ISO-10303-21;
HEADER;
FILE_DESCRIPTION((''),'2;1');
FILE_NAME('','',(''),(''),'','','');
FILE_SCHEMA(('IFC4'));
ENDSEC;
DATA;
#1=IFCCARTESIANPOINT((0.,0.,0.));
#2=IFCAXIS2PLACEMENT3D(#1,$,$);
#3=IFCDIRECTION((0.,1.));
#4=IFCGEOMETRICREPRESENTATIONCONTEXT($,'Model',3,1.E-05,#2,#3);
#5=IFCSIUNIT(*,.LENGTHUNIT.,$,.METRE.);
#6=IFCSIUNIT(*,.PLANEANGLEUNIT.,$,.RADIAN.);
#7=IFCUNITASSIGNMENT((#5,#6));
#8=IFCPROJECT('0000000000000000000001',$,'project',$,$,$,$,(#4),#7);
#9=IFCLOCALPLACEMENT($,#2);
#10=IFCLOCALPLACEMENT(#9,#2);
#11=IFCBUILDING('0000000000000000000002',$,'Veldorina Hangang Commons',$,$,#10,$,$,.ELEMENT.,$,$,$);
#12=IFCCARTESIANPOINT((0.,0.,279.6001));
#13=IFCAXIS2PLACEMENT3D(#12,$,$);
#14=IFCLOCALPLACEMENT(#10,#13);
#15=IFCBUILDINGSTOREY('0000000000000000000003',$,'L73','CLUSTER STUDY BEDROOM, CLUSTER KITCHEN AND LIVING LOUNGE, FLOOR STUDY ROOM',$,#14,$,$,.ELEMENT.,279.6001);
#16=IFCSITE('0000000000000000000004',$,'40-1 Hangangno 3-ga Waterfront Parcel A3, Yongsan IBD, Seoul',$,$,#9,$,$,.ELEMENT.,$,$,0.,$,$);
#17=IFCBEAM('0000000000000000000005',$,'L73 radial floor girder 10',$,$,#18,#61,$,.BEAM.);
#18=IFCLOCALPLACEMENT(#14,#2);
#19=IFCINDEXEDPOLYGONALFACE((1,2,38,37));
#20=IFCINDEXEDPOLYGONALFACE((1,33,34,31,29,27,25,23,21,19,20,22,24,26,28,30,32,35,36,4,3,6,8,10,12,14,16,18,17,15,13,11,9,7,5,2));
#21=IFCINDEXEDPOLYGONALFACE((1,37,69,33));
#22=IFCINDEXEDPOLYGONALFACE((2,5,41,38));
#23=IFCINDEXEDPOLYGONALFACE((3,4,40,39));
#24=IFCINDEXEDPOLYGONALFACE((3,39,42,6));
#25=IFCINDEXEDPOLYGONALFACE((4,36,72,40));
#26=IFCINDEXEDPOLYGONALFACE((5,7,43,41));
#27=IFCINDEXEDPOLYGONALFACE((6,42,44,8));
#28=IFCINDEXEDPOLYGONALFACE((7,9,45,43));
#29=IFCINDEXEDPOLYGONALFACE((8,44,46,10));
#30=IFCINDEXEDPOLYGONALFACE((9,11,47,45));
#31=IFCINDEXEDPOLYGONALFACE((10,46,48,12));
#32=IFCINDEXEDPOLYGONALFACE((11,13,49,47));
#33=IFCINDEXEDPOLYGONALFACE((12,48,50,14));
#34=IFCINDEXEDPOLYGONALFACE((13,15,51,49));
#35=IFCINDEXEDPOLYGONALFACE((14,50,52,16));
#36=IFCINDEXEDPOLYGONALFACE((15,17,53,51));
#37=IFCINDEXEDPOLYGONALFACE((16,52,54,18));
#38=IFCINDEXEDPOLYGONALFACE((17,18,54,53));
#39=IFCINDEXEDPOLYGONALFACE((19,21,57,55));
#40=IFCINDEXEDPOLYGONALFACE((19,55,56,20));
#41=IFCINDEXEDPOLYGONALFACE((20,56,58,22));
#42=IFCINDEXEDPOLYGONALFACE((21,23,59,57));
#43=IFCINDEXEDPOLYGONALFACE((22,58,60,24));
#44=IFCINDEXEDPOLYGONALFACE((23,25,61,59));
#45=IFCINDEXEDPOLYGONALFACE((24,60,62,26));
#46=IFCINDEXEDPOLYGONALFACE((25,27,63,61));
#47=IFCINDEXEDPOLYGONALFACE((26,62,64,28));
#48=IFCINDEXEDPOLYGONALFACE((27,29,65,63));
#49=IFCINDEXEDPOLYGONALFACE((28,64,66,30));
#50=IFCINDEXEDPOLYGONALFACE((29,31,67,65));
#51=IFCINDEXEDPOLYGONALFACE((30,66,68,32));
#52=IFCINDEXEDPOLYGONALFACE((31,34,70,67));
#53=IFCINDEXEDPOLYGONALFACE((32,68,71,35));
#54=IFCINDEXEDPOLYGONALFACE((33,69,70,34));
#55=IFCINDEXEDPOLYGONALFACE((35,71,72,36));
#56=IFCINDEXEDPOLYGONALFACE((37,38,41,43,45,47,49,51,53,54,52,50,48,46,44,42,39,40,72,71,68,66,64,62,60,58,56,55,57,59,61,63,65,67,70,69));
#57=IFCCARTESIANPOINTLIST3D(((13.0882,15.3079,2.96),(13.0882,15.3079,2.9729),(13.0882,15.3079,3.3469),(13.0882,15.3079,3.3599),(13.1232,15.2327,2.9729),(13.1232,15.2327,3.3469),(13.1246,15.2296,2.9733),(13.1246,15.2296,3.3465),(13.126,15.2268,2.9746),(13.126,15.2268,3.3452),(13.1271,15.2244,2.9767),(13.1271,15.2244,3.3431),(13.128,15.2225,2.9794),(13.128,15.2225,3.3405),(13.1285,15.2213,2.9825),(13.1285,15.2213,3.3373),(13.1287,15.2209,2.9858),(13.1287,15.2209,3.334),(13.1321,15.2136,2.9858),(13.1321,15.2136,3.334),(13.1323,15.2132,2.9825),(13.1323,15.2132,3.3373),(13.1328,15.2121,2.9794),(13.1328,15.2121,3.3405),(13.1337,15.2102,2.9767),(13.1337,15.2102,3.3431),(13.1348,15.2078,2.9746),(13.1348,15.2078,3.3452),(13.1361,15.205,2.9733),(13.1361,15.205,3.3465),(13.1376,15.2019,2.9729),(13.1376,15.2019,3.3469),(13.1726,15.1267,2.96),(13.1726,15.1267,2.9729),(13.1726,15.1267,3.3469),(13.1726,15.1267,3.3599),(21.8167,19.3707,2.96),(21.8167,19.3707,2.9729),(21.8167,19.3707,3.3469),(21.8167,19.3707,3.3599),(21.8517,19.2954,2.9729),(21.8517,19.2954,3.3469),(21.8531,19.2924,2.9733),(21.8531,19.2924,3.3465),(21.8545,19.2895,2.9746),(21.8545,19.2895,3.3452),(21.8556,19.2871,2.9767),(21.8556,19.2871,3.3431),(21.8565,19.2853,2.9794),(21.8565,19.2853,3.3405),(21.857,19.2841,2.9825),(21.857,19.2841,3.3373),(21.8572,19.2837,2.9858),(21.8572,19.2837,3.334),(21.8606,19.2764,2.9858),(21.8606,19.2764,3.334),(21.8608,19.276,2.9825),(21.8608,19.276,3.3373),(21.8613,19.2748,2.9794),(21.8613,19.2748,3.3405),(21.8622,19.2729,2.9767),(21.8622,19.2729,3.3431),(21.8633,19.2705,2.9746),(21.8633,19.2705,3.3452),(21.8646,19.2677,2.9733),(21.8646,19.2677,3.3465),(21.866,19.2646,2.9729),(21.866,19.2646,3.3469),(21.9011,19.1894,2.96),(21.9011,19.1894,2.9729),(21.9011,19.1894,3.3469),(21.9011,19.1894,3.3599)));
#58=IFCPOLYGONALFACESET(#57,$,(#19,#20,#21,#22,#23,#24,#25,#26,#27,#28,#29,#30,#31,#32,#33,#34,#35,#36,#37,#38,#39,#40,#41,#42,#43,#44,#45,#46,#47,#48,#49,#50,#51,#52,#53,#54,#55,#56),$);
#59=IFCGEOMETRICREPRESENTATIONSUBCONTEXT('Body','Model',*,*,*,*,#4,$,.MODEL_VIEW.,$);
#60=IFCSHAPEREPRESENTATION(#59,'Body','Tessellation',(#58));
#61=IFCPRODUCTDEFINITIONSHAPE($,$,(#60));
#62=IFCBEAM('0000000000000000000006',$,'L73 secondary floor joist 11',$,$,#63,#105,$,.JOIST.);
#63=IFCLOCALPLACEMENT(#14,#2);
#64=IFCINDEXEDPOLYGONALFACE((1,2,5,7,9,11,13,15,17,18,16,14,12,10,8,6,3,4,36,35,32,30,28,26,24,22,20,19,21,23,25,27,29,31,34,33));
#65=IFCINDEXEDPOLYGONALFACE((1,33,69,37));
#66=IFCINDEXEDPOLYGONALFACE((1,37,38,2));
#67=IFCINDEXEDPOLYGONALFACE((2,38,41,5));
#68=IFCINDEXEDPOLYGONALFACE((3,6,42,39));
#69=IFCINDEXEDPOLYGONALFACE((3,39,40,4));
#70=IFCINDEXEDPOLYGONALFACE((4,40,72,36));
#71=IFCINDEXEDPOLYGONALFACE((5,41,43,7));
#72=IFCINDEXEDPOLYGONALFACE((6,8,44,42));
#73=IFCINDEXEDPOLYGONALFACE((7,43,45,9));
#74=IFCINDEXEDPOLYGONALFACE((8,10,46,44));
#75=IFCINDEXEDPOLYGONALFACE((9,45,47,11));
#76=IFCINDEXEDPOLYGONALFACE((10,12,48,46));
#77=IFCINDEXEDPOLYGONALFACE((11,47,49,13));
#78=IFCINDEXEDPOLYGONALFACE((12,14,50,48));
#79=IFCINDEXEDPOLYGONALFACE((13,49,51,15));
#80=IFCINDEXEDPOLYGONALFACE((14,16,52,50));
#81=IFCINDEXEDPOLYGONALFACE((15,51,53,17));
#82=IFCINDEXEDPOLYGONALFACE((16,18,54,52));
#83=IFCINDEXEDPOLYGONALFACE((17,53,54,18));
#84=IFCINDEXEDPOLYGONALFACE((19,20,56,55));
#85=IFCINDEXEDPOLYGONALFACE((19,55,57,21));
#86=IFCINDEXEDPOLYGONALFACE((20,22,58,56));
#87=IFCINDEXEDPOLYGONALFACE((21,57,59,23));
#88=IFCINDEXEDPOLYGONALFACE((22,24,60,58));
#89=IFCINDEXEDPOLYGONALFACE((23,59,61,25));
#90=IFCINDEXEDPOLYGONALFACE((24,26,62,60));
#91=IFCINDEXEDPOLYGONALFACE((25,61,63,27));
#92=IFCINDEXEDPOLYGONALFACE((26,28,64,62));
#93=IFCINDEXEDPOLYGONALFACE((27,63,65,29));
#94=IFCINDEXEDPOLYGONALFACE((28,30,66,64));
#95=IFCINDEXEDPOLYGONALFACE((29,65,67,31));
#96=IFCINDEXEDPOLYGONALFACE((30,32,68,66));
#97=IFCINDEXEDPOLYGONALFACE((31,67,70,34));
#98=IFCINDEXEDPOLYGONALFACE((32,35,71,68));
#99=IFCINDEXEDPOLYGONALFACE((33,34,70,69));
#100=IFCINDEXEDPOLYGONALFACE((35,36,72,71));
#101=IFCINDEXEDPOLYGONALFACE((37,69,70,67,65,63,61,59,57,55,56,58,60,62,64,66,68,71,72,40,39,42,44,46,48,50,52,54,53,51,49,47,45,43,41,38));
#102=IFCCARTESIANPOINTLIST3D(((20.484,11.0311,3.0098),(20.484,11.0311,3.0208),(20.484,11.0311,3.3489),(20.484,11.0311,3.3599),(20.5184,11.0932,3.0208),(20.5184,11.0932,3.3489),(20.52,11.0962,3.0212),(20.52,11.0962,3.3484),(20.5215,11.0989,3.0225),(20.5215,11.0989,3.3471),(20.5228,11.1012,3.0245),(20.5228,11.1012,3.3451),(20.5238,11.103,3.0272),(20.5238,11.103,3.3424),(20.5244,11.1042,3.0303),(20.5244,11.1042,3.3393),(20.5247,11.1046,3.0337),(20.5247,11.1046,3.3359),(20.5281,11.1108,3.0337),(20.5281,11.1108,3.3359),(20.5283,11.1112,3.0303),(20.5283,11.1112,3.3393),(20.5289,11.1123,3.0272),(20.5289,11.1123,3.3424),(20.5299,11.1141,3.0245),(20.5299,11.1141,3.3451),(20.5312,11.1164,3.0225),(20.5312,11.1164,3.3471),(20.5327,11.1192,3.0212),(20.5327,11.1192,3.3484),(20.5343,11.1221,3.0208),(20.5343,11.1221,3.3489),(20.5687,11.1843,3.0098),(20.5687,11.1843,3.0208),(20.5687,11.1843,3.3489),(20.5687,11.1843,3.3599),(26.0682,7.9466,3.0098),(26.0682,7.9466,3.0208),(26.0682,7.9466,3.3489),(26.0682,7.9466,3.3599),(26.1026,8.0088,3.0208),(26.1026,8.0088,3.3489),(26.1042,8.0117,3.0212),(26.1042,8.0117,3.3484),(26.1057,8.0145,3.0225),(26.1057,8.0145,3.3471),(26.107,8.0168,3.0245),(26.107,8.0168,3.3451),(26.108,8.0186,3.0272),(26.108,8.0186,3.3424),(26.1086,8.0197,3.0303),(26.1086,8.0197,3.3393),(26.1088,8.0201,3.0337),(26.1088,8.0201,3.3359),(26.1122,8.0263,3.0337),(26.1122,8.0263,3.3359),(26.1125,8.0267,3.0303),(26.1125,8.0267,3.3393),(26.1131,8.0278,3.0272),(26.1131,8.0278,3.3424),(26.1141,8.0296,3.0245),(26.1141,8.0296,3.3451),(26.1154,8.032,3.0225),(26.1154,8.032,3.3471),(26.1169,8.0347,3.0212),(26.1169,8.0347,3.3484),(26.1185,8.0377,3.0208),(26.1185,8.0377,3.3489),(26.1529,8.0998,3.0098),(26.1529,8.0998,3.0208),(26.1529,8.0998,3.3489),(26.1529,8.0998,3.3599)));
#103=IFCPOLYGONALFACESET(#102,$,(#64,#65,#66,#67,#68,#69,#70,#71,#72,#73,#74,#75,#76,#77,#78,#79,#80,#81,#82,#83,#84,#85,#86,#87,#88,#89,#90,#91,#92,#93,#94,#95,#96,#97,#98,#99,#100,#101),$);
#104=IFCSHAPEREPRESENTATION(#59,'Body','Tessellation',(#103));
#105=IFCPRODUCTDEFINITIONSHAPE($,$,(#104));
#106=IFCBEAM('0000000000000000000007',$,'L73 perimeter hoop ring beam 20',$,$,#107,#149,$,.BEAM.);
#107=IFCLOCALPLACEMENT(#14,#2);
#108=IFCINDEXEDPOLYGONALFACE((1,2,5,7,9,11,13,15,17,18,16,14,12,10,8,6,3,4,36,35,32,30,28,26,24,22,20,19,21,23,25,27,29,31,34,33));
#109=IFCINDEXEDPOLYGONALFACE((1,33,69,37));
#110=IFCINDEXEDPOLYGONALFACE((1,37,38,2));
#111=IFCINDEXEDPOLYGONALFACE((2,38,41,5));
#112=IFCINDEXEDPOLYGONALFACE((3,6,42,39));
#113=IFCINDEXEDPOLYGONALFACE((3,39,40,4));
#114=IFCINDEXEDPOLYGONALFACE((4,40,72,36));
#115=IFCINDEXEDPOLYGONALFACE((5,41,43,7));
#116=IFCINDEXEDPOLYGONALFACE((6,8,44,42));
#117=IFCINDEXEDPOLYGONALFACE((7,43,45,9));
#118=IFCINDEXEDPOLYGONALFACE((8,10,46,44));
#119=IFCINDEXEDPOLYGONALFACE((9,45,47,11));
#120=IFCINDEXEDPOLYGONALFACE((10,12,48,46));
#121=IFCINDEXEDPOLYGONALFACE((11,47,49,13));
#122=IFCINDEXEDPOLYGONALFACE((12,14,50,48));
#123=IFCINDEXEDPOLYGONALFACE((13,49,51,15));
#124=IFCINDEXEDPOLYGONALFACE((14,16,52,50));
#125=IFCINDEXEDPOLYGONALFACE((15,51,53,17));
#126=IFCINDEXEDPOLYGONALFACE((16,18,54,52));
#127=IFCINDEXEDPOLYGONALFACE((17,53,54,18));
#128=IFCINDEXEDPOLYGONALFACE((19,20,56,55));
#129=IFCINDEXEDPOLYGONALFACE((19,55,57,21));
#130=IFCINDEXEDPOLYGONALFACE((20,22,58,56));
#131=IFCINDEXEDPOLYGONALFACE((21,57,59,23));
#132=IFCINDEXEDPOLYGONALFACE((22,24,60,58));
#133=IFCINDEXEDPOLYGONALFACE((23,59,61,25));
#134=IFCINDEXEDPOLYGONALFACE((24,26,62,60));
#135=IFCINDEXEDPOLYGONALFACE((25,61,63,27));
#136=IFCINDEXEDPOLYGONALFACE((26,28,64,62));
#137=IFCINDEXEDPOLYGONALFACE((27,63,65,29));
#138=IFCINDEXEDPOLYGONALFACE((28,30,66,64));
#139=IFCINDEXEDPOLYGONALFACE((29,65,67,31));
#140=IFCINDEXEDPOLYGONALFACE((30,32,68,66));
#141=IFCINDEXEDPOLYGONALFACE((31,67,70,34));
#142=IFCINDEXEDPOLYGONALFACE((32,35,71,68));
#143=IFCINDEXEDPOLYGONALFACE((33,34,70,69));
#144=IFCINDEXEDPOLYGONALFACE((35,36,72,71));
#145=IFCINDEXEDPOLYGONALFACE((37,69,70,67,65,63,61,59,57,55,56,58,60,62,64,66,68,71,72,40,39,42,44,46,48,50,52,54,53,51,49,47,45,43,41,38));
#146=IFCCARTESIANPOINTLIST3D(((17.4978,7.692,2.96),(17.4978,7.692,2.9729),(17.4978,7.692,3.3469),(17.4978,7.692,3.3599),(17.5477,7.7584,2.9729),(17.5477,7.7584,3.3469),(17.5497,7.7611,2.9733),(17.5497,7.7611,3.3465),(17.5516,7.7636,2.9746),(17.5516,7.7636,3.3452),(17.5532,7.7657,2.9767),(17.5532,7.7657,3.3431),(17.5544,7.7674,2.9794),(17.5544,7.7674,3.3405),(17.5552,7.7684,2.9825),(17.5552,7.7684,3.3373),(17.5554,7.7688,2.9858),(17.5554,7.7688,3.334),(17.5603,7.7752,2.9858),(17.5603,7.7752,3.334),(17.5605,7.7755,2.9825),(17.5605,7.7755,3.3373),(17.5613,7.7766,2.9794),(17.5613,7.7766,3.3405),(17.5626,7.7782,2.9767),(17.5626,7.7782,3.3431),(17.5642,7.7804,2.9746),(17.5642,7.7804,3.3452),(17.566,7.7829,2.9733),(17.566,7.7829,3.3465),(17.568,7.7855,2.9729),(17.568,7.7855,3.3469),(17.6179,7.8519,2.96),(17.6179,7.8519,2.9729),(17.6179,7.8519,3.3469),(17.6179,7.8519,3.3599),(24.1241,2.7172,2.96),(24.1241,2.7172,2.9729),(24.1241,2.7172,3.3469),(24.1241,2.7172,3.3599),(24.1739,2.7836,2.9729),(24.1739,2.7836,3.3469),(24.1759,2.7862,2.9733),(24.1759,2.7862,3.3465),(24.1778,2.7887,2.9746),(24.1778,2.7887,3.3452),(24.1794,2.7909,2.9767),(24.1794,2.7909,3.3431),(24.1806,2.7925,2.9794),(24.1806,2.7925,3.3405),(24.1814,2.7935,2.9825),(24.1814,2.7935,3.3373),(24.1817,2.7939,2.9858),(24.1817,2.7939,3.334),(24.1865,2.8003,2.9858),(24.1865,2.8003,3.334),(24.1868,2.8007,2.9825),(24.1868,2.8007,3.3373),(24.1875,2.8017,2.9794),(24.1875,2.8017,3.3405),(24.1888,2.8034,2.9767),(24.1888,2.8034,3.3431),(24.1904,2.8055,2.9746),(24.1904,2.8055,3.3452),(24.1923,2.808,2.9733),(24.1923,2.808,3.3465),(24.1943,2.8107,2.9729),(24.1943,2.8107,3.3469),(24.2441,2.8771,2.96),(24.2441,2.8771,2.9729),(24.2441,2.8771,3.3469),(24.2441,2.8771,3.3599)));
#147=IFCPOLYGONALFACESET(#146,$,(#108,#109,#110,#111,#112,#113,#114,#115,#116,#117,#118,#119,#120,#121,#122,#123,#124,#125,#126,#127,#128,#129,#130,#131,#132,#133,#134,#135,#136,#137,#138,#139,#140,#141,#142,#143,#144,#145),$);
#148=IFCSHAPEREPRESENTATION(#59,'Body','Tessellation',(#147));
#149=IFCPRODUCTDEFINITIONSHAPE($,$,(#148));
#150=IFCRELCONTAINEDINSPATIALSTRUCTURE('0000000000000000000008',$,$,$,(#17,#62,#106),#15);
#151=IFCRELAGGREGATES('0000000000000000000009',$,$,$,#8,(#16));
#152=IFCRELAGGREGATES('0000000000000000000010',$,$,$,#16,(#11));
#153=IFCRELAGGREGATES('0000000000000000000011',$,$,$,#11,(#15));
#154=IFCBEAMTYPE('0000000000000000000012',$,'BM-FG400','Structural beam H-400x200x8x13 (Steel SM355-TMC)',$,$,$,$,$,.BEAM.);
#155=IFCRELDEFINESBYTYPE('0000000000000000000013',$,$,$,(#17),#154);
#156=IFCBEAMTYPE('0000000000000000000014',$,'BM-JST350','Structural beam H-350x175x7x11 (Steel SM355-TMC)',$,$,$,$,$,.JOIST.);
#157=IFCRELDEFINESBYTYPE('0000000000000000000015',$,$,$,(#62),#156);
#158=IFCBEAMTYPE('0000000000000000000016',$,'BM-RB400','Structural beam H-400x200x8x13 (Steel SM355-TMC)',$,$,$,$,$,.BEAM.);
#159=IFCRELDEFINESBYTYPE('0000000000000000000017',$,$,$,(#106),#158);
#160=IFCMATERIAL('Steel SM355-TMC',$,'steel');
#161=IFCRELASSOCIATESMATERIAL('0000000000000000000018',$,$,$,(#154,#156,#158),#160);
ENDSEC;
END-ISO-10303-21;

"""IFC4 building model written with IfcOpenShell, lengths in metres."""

from ifc_helpers import new_model, si_unit, direction, frame, origin, origin_2d, place, context, subcontext, project, spatial, i_section, extrude, material, material_profile, profile_set, type_object, element, save


model = new_model("IFC4")

# Units and contexts
model_context = context("Model", 3, precision=1e-05, world=origin(), true_north=direction((0.0, 1.0)))
body_context = subcontext(model_context, "Body", "Model", "MODEL_VIEW")
ifc_project = project(units=[si_unit("LENGTHUNIT", "METRE"), si_unit("PLANEANGLEUNIT", "RADIAN")], contexts=[model_context])

# Site, building, storey
site_placement = place(None, origin())
site = spatial("IfcSite", under=ifc_project, at=site_placement, Name="40-1 Hangangno 3-ga Waterfront Parcel A3, Yongsan IBD, Seoul", CompositionType="ELEMENT", RefElevation=0.0)
building_placement = place(site_placement, origin())
building = spatial("IfcBuilding", under=site, at=building_placement, Name="Veldorina Hangang Commons", CompositionType="ELEMENT")
storey_placement = place(building_placement, frame((0.0, 0.0, 279.6001)))
storey = spatial("IfcBuildingStorey", under=building, at=storey_placement, Name="L73", Description="CLUSTER STUDY BEDROOM, CLUSTER KITCHEN AND LIVING LOUNGE, FLOOR STUDY ROOM", CompositionType="ELEMENT", Elevation=279.6001)

# Beams
ifc_material_1 = material(Name="Steel SM355-TMC", Category="steel")
ifc_material_profile_1 = material_profile(ifc_material_1, i_section(OverallWidth=0.2, OverallDepth=0.3999, WebThickness=0.0081, FlangeThickness=0.0129, FilletRadius=0.0129, at=origin_2d()), Name="H-400x200x8x13")
ifc_profile_set_1 = profile_set([ifc_material_profile_1], Name="Steel SM355-TMC")
beam_type_1 = type_object("IfcBeamType", Name="BM-FG400", Description="Structural beam H-400x200x8x13 (Steel SM355-TMC)", PredefinedType="BEAM", material=ifc_profile_set_1)
beam_1_placement = place(storey_placement, frame((21.8589, 19.28, 3.1599), z_axis=(-0.906603, -0.421984, 0.0), x_axis=(0.421984, -0.906603, 0.0)))
element("IfcBeam", 1, at=beam_1_placement, inside=storey, type_object=beam_type_1, Name="L73 radial floor girder 10", PredefinedType="BEAM", context=body_context, shape_type="SweptSolid", body=[
    extrude(i_section(OverallWidth=0.2, OverallDepth=0.3999, WebThickness=0.0081, FlangeThickness=0.0129, FilletRadius=0.0129, at=origin_2d()), origin(), (0.0, 0.0, 1.0), 9.6277),
])
ifc_material_profile_2 = material_profile(ifc_material_1, i_section(OverallWidth=0.175, OverallDepth=0.3501, WebThickness=0.0071, FlangeThickness=0.011, FilletRadius=0.0129, at=origin_2d()), Name="H-350x175x7x11")
ifc_profile_set_2 = profile_set([ifc_material_profile_2], Name="Steel SM355-TMC")
beam_type_2 = type_object("IfcBeamType", Name="BM-JST350", Description="Structural beam H-350x175x7x11 (Steel SM355-TMC)", PredefinedType="JOIST", material=ifc_profile_set_2)
beam_2_placement = place(storey_placement, frame((20.5264, 11.1077, 3.1848), z_axis=(0.875344, -0.4835, 0.0), x_axis=(0.4835, 0.875344, 0.0)))
element("IfcBeam", 2, at=beam_2_placement, inside=storey, type_object=beam_type_2, Name="L73 secondary floor joist 11", PredefinedType="JOIST", context=body_context, shape_type="SweptSolid", body=[
    extrude(i_section(OverallWidth=0.175, OverallDepth=0.3501, WebThickness=0.0071, FlangeThickness=0.011, FilletRadius=0.0129, at=origin_2d()), origin(), (0.0, 0.0, 1.0), 6.3794),
])
ifc_material_profile_3 = material_profile(ifc_material_1, i_section(OverallWidth=0.2, OverallDepth=0.3999, WebThickness=0.0081, FlangeThickness=0.0129, FilletRadius=0.0129, at=origin_2d()), Name="H-400x200x8x13")
ifc_profile_set_3 = profile_set([ifc_material_profile_3], Name="Steel SM355-TMC")
beam_type_3 = type_object("IfcBeamType", Name="BM-RB400", Description="Structural beam H-400x200x8x13 (Steel SM355-TMC)", PredefinedType="BEAM", material=ifc_profile_set_3)
beam_3_placement = place(storey_placement, frame((17.5579, 7.772, 3.1599), z_axis=(0.799699, -0.600401, 0.0), x_axis=(0.600401, 0.799699, 0.0)))
element("IfcBeam", 3, at=beam_3_placement, inside=storey, type_object=beam_type_3, Name="L73 perimeter hoop ring beam 20", PredefinedType="BEAM", context=body_context, shape_type="SweptSolid", body=[
    extrude(i_section(OverallWidth=0.2, OverallDepth=0.3999, WebThickness=0.0081, FlangeThickness=0.0129, FilletRadius=0.0129, at=origin_2d()), origin(), (0.0, 0.0, 1.0), 8.2859),
])

save(model, "model.ifc")
